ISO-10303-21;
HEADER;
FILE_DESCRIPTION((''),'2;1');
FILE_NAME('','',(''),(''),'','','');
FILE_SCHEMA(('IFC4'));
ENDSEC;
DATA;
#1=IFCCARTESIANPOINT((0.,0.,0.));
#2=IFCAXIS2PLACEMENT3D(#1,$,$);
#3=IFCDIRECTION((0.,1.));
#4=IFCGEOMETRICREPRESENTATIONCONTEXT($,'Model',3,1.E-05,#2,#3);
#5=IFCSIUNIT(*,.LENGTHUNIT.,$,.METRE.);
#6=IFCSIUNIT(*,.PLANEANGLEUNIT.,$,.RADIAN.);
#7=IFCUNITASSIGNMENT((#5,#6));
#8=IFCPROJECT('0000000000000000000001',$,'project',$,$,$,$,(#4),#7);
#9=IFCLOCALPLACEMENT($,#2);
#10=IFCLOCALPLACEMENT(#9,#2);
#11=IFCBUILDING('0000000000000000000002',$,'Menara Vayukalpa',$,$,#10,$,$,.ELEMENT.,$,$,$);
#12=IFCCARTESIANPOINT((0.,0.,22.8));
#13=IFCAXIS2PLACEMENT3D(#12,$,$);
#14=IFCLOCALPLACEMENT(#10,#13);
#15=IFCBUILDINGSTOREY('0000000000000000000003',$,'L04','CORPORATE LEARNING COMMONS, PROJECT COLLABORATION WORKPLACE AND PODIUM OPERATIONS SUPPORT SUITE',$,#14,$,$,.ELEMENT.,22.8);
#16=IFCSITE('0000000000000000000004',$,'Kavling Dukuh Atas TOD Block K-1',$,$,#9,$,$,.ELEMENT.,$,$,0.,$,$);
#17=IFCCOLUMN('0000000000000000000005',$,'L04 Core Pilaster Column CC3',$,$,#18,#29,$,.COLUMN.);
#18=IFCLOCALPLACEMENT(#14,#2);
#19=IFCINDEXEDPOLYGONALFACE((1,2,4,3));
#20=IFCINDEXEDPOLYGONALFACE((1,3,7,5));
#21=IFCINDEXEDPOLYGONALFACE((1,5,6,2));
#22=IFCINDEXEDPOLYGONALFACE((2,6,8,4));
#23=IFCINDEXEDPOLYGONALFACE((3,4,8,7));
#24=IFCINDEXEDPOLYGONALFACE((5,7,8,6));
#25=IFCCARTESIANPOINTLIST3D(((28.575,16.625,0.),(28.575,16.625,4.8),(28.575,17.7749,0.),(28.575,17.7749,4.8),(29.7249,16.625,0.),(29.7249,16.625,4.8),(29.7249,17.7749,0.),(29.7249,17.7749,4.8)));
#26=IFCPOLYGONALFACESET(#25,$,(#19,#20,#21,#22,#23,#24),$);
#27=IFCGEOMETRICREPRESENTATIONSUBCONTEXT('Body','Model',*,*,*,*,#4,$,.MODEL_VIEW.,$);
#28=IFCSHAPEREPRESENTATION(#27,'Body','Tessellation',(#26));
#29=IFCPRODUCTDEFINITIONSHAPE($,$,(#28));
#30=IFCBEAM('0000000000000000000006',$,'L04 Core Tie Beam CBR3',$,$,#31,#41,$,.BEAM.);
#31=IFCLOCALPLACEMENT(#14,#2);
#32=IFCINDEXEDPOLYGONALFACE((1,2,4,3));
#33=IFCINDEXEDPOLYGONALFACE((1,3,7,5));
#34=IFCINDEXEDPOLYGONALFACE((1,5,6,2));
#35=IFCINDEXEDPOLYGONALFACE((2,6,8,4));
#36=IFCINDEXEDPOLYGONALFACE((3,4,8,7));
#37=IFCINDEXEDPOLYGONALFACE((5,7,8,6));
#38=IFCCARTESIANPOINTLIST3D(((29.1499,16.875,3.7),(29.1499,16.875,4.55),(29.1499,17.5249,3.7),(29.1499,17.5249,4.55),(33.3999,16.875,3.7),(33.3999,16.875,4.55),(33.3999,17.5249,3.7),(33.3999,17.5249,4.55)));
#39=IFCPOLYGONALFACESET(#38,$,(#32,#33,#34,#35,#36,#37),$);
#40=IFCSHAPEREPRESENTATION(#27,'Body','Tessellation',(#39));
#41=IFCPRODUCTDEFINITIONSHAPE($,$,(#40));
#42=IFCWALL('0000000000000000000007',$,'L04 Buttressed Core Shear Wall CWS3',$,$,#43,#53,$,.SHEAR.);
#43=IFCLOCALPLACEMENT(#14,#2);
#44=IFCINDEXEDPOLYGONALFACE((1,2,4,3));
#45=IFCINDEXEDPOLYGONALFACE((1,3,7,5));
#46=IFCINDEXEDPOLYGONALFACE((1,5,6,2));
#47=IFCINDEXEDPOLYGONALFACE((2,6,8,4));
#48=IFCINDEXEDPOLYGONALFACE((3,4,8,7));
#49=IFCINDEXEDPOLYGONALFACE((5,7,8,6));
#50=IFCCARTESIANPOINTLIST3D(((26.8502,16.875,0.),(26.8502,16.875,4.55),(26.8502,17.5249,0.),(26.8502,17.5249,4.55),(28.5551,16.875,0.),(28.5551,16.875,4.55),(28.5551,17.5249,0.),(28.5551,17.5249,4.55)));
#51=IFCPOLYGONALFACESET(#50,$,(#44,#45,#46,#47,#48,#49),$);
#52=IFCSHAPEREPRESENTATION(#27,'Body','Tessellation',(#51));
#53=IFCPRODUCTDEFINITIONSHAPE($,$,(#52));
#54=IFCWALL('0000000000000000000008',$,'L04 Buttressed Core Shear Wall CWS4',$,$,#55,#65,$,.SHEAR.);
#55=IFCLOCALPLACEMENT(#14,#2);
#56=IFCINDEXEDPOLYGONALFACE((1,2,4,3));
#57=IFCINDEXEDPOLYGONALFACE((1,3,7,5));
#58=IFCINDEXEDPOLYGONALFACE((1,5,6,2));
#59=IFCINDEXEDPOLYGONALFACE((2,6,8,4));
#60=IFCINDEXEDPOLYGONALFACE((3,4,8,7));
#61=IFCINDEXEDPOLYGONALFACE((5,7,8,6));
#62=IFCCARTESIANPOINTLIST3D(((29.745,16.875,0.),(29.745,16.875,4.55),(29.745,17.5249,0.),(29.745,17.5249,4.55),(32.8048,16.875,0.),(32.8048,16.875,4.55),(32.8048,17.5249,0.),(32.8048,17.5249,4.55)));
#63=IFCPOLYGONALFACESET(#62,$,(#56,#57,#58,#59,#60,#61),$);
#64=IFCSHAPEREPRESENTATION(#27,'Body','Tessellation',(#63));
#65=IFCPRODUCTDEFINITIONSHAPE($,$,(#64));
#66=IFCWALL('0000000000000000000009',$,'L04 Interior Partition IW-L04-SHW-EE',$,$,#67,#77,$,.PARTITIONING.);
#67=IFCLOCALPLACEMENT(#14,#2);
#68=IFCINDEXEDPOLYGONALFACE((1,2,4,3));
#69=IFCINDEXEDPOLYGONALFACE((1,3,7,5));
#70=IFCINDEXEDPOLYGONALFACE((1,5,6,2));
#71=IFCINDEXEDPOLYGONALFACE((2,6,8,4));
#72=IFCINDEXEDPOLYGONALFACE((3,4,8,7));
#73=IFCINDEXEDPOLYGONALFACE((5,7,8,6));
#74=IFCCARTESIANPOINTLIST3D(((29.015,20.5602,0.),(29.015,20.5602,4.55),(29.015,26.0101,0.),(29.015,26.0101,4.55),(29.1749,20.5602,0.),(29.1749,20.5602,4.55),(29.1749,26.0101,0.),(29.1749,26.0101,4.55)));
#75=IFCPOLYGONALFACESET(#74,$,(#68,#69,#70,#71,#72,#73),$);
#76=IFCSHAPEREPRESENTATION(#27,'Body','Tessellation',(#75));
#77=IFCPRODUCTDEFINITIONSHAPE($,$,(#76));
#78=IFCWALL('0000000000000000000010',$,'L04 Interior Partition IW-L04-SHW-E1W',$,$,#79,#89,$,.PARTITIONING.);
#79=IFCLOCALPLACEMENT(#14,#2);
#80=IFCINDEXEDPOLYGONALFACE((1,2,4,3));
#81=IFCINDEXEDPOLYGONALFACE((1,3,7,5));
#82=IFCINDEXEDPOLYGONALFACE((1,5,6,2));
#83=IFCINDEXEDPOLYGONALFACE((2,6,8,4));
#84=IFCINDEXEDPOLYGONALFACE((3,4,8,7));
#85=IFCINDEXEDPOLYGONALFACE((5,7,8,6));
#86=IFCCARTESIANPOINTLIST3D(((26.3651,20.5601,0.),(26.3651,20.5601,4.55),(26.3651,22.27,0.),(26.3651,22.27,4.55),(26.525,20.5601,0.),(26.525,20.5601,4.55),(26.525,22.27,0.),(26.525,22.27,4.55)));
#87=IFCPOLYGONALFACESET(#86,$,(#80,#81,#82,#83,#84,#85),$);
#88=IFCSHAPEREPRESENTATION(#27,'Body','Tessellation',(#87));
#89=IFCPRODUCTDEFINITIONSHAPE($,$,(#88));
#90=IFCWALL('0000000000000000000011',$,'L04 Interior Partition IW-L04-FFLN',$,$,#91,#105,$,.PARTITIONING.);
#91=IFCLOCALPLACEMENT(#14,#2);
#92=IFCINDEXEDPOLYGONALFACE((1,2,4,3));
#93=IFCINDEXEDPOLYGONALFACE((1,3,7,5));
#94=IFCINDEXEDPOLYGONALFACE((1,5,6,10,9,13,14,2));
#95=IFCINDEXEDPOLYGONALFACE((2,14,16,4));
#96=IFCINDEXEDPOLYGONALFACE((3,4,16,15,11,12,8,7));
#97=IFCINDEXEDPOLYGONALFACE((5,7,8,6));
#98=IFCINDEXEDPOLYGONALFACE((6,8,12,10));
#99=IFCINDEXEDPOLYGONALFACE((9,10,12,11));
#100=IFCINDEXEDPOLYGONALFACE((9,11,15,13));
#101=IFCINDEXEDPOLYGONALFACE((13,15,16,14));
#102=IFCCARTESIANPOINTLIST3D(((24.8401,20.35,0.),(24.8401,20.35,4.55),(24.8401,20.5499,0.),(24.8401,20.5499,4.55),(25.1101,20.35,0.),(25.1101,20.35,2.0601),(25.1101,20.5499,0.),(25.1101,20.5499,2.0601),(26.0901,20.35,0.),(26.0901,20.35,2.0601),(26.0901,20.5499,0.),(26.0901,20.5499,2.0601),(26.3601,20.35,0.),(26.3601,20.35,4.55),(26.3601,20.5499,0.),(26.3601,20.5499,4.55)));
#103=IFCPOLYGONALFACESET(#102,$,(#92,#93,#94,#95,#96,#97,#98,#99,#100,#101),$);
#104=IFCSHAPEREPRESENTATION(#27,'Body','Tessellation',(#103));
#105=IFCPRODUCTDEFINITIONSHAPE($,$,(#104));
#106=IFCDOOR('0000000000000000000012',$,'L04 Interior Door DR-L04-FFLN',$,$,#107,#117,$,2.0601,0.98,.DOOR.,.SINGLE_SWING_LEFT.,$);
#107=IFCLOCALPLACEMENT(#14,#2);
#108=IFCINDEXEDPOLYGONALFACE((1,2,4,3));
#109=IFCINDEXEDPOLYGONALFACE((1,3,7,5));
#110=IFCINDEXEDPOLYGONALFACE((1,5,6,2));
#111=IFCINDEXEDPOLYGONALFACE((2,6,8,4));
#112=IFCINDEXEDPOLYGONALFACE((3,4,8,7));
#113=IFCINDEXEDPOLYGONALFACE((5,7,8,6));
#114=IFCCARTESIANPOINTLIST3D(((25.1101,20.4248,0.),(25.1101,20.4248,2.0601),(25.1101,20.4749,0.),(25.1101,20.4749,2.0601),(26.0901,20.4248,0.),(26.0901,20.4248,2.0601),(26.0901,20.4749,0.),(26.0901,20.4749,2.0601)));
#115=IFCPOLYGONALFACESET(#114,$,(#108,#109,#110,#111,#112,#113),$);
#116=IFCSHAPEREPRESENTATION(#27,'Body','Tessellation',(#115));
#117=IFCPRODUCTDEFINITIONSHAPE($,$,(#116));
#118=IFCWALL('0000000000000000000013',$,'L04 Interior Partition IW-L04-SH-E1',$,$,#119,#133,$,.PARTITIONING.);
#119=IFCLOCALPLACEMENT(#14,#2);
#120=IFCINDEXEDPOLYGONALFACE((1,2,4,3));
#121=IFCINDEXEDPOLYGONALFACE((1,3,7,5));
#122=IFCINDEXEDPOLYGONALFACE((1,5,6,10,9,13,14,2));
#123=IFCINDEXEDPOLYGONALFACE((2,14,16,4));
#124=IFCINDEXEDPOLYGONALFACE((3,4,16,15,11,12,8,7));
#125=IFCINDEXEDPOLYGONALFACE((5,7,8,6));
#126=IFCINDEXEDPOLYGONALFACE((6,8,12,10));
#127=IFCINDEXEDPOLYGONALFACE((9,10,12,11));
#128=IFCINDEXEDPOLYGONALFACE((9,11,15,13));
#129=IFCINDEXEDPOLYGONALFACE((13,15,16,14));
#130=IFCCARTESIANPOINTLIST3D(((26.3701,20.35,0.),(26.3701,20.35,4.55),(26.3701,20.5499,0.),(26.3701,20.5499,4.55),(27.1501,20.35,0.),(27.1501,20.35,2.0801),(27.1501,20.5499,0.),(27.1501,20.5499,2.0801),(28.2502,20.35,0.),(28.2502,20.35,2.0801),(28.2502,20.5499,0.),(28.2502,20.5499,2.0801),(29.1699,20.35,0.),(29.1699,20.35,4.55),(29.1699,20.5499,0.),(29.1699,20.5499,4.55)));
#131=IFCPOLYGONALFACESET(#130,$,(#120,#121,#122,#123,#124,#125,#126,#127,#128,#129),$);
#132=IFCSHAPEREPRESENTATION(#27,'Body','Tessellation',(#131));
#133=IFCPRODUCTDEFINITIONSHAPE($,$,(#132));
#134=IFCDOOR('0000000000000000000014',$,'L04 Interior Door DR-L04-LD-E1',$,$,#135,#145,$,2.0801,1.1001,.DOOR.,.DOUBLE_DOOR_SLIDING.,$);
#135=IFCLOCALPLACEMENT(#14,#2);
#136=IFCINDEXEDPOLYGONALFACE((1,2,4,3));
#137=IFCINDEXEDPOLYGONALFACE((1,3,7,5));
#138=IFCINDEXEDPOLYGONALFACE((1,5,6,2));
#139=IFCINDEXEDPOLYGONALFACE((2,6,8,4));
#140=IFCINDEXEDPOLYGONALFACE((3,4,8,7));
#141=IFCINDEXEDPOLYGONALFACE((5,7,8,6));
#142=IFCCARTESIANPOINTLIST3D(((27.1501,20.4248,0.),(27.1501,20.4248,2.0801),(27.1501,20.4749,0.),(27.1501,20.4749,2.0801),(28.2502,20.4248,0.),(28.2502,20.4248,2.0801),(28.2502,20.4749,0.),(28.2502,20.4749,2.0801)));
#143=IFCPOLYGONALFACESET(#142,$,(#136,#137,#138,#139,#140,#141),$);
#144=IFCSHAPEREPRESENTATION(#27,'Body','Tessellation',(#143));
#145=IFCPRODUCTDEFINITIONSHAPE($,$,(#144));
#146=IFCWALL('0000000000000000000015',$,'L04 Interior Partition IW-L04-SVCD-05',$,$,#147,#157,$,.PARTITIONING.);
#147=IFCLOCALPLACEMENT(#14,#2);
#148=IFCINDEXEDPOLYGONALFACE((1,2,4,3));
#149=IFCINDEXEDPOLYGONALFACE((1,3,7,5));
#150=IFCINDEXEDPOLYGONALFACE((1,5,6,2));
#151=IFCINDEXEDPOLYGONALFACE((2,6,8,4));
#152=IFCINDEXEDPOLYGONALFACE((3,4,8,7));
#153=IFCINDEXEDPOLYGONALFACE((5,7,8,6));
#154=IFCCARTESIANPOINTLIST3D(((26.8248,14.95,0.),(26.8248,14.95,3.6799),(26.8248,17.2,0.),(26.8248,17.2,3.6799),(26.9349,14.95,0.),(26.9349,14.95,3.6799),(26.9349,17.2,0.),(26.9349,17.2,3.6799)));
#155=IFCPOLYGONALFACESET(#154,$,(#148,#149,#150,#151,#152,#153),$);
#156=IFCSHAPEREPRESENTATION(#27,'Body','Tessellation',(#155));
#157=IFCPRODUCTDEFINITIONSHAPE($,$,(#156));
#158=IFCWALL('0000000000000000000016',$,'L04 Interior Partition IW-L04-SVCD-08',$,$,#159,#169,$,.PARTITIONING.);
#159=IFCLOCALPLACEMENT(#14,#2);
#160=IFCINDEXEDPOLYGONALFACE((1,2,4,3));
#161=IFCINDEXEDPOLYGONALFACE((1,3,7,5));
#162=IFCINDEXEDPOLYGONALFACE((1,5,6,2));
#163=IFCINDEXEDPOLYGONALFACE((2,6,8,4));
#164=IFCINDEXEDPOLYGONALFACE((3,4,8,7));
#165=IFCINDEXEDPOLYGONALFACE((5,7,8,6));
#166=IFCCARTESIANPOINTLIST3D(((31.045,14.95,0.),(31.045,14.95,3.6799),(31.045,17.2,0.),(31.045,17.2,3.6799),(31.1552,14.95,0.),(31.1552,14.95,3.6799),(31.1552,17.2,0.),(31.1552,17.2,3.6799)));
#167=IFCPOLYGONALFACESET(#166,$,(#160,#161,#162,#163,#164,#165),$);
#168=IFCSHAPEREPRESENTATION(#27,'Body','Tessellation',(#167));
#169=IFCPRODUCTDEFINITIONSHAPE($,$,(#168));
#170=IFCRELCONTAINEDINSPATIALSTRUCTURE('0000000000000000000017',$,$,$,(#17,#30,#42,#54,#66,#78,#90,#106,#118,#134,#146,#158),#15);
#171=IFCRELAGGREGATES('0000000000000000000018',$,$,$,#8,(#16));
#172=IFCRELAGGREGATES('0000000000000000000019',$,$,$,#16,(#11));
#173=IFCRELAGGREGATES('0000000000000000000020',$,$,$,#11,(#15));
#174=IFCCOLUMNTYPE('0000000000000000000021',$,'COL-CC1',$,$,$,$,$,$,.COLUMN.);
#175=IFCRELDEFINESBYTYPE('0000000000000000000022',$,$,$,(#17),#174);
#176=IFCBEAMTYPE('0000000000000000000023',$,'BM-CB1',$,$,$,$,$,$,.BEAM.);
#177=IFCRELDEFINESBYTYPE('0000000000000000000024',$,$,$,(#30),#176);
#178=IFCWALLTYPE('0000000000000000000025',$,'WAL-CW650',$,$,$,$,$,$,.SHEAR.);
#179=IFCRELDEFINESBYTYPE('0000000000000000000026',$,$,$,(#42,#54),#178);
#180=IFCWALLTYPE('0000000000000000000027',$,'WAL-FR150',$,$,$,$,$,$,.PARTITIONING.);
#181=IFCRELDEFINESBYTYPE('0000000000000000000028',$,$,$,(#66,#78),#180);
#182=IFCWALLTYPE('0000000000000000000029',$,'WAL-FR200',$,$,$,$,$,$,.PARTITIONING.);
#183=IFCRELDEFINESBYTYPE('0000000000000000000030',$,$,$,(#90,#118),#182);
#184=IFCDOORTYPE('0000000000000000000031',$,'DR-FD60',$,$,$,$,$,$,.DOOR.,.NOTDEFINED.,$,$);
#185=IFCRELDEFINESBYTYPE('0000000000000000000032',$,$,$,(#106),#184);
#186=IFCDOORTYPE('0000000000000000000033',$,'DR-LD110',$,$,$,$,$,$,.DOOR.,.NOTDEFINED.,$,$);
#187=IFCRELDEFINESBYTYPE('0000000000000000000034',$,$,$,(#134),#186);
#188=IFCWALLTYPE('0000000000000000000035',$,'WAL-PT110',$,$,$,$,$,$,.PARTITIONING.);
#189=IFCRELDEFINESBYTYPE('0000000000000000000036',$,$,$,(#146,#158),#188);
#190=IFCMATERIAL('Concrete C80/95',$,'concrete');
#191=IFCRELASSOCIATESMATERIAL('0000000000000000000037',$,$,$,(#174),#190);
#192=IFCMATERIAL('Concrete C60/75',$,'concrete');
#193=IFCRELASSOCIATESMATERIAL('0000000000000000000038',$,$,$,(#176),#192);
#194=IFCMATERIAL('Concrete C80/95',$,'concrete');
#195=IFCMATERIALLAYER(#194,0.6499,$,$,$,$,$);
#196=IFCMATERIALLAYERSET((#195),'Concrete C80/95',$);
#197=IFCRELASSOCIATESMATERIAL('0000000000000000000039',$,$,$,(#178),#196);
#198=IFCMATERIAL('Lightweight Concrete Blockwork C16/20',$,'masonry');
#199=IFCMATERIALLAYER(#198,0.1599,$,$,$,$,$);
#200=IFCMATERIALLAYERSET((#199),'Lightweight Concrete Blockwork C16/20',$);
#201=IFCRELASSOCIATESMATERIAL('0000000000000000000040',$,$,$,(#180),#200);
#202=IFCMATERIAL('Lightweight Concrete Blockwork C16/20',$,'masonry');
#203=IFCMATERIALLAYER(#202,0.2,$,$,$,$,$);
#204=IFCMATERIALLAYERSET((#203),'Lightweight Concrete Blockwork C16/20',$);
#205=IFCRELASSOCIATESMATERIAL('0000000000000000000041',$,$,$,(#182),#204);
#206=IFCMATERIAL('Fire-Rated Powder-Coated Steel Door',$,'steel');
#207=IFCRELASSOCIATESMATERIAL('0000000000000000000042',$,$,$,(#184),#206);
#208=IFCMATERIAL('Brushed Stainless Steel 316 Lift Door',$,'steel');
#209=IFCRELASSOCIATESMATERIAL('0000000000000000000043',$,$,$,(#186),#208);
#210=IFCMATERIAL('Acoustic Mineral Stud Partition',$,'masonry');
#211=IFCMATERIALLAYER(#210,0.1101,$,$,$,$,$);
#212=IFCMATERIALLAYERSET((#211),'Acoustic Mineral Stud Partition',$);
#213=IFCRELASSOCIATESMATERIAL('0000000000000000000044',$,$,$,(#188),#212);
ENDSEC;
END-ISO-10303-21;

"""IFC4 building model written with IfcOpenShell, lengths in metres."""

from ifc_helpers import new_model, si_unit, direction, frame, frame_2d, origin, origin_2d, place, context, subcontext, project, spatial, rectangle, extrude, material, layer, layer_set, material_profile, profile_set, type_object, element, fill, save


model = new_model("IFC4")

# Units and contexts
model_context = context("Model", 3, precision=1e-05, world=origin(), true_north=direction((0.0, 1.0)))
body_context = subcontext(model_context, "Body", "Model", "MODEL_VIEW")
ifc_project = project(units=[si_unit("LENGTHUNIT", "METRE"), si_unit("PLANEANGLEUNIT", "RADIAN")], contexts=[model_context])

# Site, building, storey
site_placement = place(None, origin())
site = spatial("IfcSite", under=ifc_project, at=site_placement, Name="Kavling Dukuh Atas TOD Block K-1", CompositionType="ELEMENT", RefElevation=0.0)
building_placement = place(site_placement, origin())
building = spatial("IfcBuilding", under=site, at=building_placement, Name="Menara Vayukalpa", CompositionType="ELEMENT")
storey_placement = place(building_placement, frame((0.0, 0.0, 22.8)))
storey = spatial("IfcBuildingStorey", under=building, at=storey_placement, Name="L04", Description="CORPORATE LEARNING COMMONS, PROJECT COLLABORATION WORKPLACE AND PODIUM OPERATIONS SUPPORT SUITE", CompositionType="ELEMENT", Elevation=22.8)

# Column
ifc_material_1 = material(Name="Concrete C80/95", Category="concrete")
ifc_material_profile_1 = material_profile(ifc_material_1, rectangle(XDim=1.1499, YDim=1.1499, at=origin_2d()), Name="RC 1150x1150")
ifc_profile_set_1 = profile_set([ifc_material_profile_1], Name="Concrete C80/95")
column_type = type_object("IfcColumnType", Name="COL-CC1", PredefinedType="COLUMN", material=ifc_profile_set_1)
column_placement = place(storey_placement, frame((29.1499, 17.2, 0.0), z_axis=(0.0, 0.0, 1.0), x_axis=(1.0, 0.0, 0.0)))
element("IfcColumn", 1, at=column_placement, inside=storey, type_object=column_type, Name="L04 Core Pilaster Column CC3", PredefinedType="COLUMN", context=body_context, shape_type="SweptSolid", body=[
    extrude(rectangle(XDim=1.1499, YDim=1.1499, at=origin_2d()), origin(), (0.0, 0.0, 1.0), 4.8),
])

# Beam
ifc_material_2 = material(Name="Concrete C60/75", Category="concrete")
ifc_material_profile_2 = material_profile(ifc_material_2, rectangle(XDim=0.6499, YDim=0.8501, at=origin_2d()), Name="RC 650x850")
ifc_profile_set_2 = profile_set([ifc_material_profile_2], Name="Concrete C60/75")
beam_type = type_object("IfcBeamType", Name="BM-CB1", PredefinedType="BEAM", material=ifc_profile_set_2)
beam_placement = place(storey_placement, frame((29.1499, 17.2, 4.125), z_axis=(1.0, 0.0, 0.0), x_axis=(0.0, 1.0, 0.0)))
element("IfcBeam", 2, at=beam_placement, inside=storey, type_object=beam_type, Name="L04 Core Tie Beam CBR3", PredefinedType="BEAM", context=body_context, shape_type="SweptSolid", body=[
    extrude(rectangle(XDim=0.6499, YDim=0.8501, at=origin_2d()), origin(), (0.0, 0.0, 1.0), 4.25),
])

# Walls
ifc_material_3 = material(Name="Concrete C80/95", Category="concrete")
ifc_layer_1 = layer(ifc_material_3, 0.6499)
ifc_layer_set_1 = layer_set([ifc_layer_1], Name="Concrete C80/95")
wall_type_1 = type_object("IfcWallType", Name="WAL-CW650", PredefinedType="SHEAR", material=ifc_layer_set_1)
wall_1_placement = place(storey_placement, frame((26.8501, 17.2, 0.0), z_axis=(0.0, 0.0, 1.0), x_axis=(1.0, 0.0, 0.0)))
element("IfcWall", 3, at=wall_1_placement, inside=storey, type_object=wall_type_1, Name="L04 Buttressed Core Shear Wall CWS3", PredefinedType="SHEAR", context=body_context, shape_type="SweptSolid", body=[
    extrude(rectangle(XDim=1.7048, YDim=0.6499, at=frame_2d((0.8525, 0.0))), origin(), (0.0, 0.0, 1.0), 4.55),
])
wall_2_placement = place(storey_placement, frame((29.7451, 17.2, 0.0), z_axis=(0.0, 0.0, 1.0), x_axis=(1.0, 0.0, 0.0)))
element("IfcWall", 4, at=wall_2_placement, inside=storey, type_object=wall_type_1, Name="L04 Buttressed Core Shear Wall CWS4", PredefinedType="SHEAR", context=body_context, shape_type="SweptSolid", body=[
    extrude(rectangle(XDim=3.0598, YDim=0.6499, at=frame_2d((1.5298, 0.0))), origin(), (0.0, 0.0, 1.0), 4.55),
])
ifc_material_4 = material(Name="Lightweight Concrete Blockwork C16/20", Category="masonry")
ifc_layer_2 = layer(ifc_material_4, 0.1599)
ifc_layer_set_2 = layer_set([ifc_layer_2], Name="Lightweight Concrete Blockwork C16/20")
wall_type_2 = type_object("IfcWallType", Name="WAL-FR150", PredefinedType="PARTITIONING", material=ifc_layer_set_2)
wall_3_placement = place(storey_placement, frame((29.095, 20.5601, 0.0), z_axis=(0.0, 0.0, 1.0), x_axis=(0.0, 1.0, 0.0)))
element("IfcWall", 5, at=wall_3_placement, inside=storey, type_object=wall_type_2, Name="L04 Interior Partition IW-L04-SHW-EE", PredefinedType="PARTITIONING", context=body_context, shape_type="SweptSolid", body=[
    extrude(rectangle(XDim=5.45, YDim=0.1599, at=frame_2d((2.7251, 0.0))), origin(), (0.0, 0.0, 1.0), 4.55),
])
wall_4_placement = place(storey_placement, frame((26.4451, 20.5601, 0.0), z_axis=(0.0, 0.0, 1.0), x_axis=(0.0, 1.0, 0.0)))
element("IfcWall", 6, at=wall_4_placement, inside=storey, type_object=wall_type_2, Name="L04 Interior Partition IW-L04-SHW-E1W", PredefinedType="PARTITIONING", context=body_context, shape_type="SweptSolid", body=[
    extrude(rectangle(XDim=1.71, YDim=0.1599, at=frame_2d((0.855, 0.0))), origin(), (0.0, 0.0, 1.0), 4.55),
])

# Walls, openings, doors
ifc_material_5 = material(Name="Lightweight Concrete Blockwork C16/20", Category="masonry")
ifc_layer_3 = layer(ifc_material_5, 0.2)
ifc_layer_set_3 = layer_set([ifc_layer_3], Name="Lightweight Concrete Blockwork C16/20")
wall_type_3 = type_object("IfcWallType", Name="WAL-FR200", PredefinedType="PARTITIONING", material=ifc_layer_set_3)
wall_5_placement = place(storey_placement, frame((24.8401, 20.45, 0.0), z_axis=(0.0, 0.0, 1.0), x_axis=(1.0, 0.0, 0.0)))
wall_5 = element("IfcWall", 7, at=wall_5_placement, inside=storey, type_object=wall_type_3, Name="L04 Interior Partition IW-L04-FFLN", PredefinedType="PARTITIONING", context=body_context, shape_type="SweptSolid", body=[
    extrude(rectangle(XDim=1.52, YDim=0.2, at=frame_2d((0.76, 0.0))), origin(), (0.0, 0.0, 1.0), 4.55),
])
opening_1_placement = place(wall_5_placement, frame((0.27, 0.0, 0.0)))
opening_1 = element("IfcOpeningElement", 8, at=opening_1_placement, cuts=wall_5, PredefinedType="OPENING", context=body_context, shape_type="SweptSolid", body=[
    extrude(rectangle(XDim=0.98, YDim=2.0601, at=frame_2d((0.49, 1.03))), frame((0.0, 0.1099, 0.0), z_axis=(0.0, -1.0, 0.0), x_axis=(1.0, 0.0, 0.0)), (0.0, 0.0, 1.0), 0.22),
])
ifc_material_6 = material(Name="Fire-Rated Powder-Coated Steel Door", Category="steel")
door_type_1 = type_object("IfcDoorType", Name="DR-FD60", OperationType="NOTDEFINED", PredefinedType="DOOR", material=ifc_material_6)
door_1_placement = place(opening_1_placement, origin())
door_1 = element("IfcDoor", 9, at=door_1_placement, inside=storey, type_object=door_type_1, Name="L04 Interior Door DR-L04-FFLN", OperationType="SINGLE_SWING_LEFT", OverallHeight=2.0601, OverallWidth=0.98, PredefinedType="DOOR", context=body_context, shape_type="SweptSolid", body=[
    extrude(rectangle(XDim=0.98, YDim=2.0601, at=frame_2d((0.49, 1.03))), frame((0.0, 0.0249, 0.0), z_axis=(0.0, -1.0, 0.0), x_axis=(1.0, 0.0, 0.0)), (0.0, 0.0, 1.0), 0.05),
])
fill(opening_1, door_1)
wall_6_placement = place(storey_placement, frame((26.3701, 20.45, 0.0), z_axis=(0.0, 0.0, 1.0), x_axis=(1.0, 0.0, 0.0)))
wall_6 = element("IfcWall", 10, at=wall_6_placement, inside=storey, type_object=wall_type_3, Name="L04 Interior Partition IW-L04-SH-E1", PredefinedType="PARTITIONING", context=body_context, shape_type="SweptSolid", body=[
    extrude(rectangle(XDim=2.7998, YDim=0.2, at=frame_2d((1.3999, 0.0))), origin(), (0.0, 0.0, 1.0), 4.55),
])
opening_2_placement = place(wall_6_placement, frame((0.78, 0.0, 0.0)))
opening_2 = element("IfcOpeningElement", 11, at=opening_2_placement, cuts=wall_6, PredefinedType="OPENING", context=body_context, shape_type="SweptSolid", body=[
    extrude(rectangle(XDim=1.1001, YDim=2.0801, at=frame_2d((0.55, 1.04))), frame((0.0, 0.1099, 0.0), z_axis=(0.0, -1.0, 0.0), x_axis=(1.0, 0.0, 0.0)), (0.0, 0.0, 1.0), 0.22),
])
ifc_material_7 = material(Name="Brushed Stainless Steel 316 Lift Door", Category="steel")
door_type_2 = type_object("IfcDoorType", Name="DR-LD110", OperationType="NOTDEFINED", PredefinedType="DOOR", material=ifc_material_7)
door_2_placement = place(opening_2_placement, origin())
door_2 = element("IfcDoor", 12, at=door_2_placement, inside=storey, type_object=door_type_2, Name="L04 Interior Door DR-L04-LD-E1", OperationType="DOUBLE_DOOR_SLIDING", OverallHeight=2.0801, OverallWidth=1.1001, PredefinedType="DOOR", context=body_context, shape_type="SweptSolid", body=[
    extrude(rectangle(XDim=1.1001, YDim=2.0801, at=frame_2d((0.55, 1.04))), frame((0.0, 0.0249, 0.0), z_axis=(0.0, -1.0, 0.0), x_axis=(1.0, 0.0, 0.0)), (0.0, 0.0, 1.0), 0.05),
])
fill(opening_2, door_2)

# Walls
ifc_material_8 = material(Name="Acoustic Mineral Stud Partition", Category="masonry")
ifc_layer_4 = layer(ifc_material_8, 0.1101)
ifc_layer_set_4 = layer_set([ifc_layer_4], Name="Acoustic Mineral Stud Partition")
wall_type_4 = type_object("IfcWallType", Name="WAL-PT110", PredefinedType="PARTITIONING", material=ifc_layer_set_4)
for number, where, z_axis, x_axis, name in (
    (13, (26.8799, 14.95, 0.0), (0.0, 0.0, 1.0), (0.0, 1.0, 0.0), "L04 Interior Partition IW-L04-SVCD-05"),
    (14, (31.1001, 14.95, 0.0), (0.0, 0.0, 1.0), (0.0, 1.0, 0.0), "L04 Interior Partition IW-L04-SVCD-08"),
):
    element("IfcWall", number, at=place(storey_placement, frame(where, z_axis=z_axis, x_axis=x_axis)), inside=storey, type_object=wall_type_4, Name=name, PredefinedType="PARTITIONING", context=body_context, shape_type="SweptSolid", body=[
        extrude(rectangle(XDim=2.25, YDim=0.1101, at=frame_2d((1.125, 0.0))), origin(), (0.0, 0.0, 1.0), 3.6799),
    ])

save(model, "model.ifc")
